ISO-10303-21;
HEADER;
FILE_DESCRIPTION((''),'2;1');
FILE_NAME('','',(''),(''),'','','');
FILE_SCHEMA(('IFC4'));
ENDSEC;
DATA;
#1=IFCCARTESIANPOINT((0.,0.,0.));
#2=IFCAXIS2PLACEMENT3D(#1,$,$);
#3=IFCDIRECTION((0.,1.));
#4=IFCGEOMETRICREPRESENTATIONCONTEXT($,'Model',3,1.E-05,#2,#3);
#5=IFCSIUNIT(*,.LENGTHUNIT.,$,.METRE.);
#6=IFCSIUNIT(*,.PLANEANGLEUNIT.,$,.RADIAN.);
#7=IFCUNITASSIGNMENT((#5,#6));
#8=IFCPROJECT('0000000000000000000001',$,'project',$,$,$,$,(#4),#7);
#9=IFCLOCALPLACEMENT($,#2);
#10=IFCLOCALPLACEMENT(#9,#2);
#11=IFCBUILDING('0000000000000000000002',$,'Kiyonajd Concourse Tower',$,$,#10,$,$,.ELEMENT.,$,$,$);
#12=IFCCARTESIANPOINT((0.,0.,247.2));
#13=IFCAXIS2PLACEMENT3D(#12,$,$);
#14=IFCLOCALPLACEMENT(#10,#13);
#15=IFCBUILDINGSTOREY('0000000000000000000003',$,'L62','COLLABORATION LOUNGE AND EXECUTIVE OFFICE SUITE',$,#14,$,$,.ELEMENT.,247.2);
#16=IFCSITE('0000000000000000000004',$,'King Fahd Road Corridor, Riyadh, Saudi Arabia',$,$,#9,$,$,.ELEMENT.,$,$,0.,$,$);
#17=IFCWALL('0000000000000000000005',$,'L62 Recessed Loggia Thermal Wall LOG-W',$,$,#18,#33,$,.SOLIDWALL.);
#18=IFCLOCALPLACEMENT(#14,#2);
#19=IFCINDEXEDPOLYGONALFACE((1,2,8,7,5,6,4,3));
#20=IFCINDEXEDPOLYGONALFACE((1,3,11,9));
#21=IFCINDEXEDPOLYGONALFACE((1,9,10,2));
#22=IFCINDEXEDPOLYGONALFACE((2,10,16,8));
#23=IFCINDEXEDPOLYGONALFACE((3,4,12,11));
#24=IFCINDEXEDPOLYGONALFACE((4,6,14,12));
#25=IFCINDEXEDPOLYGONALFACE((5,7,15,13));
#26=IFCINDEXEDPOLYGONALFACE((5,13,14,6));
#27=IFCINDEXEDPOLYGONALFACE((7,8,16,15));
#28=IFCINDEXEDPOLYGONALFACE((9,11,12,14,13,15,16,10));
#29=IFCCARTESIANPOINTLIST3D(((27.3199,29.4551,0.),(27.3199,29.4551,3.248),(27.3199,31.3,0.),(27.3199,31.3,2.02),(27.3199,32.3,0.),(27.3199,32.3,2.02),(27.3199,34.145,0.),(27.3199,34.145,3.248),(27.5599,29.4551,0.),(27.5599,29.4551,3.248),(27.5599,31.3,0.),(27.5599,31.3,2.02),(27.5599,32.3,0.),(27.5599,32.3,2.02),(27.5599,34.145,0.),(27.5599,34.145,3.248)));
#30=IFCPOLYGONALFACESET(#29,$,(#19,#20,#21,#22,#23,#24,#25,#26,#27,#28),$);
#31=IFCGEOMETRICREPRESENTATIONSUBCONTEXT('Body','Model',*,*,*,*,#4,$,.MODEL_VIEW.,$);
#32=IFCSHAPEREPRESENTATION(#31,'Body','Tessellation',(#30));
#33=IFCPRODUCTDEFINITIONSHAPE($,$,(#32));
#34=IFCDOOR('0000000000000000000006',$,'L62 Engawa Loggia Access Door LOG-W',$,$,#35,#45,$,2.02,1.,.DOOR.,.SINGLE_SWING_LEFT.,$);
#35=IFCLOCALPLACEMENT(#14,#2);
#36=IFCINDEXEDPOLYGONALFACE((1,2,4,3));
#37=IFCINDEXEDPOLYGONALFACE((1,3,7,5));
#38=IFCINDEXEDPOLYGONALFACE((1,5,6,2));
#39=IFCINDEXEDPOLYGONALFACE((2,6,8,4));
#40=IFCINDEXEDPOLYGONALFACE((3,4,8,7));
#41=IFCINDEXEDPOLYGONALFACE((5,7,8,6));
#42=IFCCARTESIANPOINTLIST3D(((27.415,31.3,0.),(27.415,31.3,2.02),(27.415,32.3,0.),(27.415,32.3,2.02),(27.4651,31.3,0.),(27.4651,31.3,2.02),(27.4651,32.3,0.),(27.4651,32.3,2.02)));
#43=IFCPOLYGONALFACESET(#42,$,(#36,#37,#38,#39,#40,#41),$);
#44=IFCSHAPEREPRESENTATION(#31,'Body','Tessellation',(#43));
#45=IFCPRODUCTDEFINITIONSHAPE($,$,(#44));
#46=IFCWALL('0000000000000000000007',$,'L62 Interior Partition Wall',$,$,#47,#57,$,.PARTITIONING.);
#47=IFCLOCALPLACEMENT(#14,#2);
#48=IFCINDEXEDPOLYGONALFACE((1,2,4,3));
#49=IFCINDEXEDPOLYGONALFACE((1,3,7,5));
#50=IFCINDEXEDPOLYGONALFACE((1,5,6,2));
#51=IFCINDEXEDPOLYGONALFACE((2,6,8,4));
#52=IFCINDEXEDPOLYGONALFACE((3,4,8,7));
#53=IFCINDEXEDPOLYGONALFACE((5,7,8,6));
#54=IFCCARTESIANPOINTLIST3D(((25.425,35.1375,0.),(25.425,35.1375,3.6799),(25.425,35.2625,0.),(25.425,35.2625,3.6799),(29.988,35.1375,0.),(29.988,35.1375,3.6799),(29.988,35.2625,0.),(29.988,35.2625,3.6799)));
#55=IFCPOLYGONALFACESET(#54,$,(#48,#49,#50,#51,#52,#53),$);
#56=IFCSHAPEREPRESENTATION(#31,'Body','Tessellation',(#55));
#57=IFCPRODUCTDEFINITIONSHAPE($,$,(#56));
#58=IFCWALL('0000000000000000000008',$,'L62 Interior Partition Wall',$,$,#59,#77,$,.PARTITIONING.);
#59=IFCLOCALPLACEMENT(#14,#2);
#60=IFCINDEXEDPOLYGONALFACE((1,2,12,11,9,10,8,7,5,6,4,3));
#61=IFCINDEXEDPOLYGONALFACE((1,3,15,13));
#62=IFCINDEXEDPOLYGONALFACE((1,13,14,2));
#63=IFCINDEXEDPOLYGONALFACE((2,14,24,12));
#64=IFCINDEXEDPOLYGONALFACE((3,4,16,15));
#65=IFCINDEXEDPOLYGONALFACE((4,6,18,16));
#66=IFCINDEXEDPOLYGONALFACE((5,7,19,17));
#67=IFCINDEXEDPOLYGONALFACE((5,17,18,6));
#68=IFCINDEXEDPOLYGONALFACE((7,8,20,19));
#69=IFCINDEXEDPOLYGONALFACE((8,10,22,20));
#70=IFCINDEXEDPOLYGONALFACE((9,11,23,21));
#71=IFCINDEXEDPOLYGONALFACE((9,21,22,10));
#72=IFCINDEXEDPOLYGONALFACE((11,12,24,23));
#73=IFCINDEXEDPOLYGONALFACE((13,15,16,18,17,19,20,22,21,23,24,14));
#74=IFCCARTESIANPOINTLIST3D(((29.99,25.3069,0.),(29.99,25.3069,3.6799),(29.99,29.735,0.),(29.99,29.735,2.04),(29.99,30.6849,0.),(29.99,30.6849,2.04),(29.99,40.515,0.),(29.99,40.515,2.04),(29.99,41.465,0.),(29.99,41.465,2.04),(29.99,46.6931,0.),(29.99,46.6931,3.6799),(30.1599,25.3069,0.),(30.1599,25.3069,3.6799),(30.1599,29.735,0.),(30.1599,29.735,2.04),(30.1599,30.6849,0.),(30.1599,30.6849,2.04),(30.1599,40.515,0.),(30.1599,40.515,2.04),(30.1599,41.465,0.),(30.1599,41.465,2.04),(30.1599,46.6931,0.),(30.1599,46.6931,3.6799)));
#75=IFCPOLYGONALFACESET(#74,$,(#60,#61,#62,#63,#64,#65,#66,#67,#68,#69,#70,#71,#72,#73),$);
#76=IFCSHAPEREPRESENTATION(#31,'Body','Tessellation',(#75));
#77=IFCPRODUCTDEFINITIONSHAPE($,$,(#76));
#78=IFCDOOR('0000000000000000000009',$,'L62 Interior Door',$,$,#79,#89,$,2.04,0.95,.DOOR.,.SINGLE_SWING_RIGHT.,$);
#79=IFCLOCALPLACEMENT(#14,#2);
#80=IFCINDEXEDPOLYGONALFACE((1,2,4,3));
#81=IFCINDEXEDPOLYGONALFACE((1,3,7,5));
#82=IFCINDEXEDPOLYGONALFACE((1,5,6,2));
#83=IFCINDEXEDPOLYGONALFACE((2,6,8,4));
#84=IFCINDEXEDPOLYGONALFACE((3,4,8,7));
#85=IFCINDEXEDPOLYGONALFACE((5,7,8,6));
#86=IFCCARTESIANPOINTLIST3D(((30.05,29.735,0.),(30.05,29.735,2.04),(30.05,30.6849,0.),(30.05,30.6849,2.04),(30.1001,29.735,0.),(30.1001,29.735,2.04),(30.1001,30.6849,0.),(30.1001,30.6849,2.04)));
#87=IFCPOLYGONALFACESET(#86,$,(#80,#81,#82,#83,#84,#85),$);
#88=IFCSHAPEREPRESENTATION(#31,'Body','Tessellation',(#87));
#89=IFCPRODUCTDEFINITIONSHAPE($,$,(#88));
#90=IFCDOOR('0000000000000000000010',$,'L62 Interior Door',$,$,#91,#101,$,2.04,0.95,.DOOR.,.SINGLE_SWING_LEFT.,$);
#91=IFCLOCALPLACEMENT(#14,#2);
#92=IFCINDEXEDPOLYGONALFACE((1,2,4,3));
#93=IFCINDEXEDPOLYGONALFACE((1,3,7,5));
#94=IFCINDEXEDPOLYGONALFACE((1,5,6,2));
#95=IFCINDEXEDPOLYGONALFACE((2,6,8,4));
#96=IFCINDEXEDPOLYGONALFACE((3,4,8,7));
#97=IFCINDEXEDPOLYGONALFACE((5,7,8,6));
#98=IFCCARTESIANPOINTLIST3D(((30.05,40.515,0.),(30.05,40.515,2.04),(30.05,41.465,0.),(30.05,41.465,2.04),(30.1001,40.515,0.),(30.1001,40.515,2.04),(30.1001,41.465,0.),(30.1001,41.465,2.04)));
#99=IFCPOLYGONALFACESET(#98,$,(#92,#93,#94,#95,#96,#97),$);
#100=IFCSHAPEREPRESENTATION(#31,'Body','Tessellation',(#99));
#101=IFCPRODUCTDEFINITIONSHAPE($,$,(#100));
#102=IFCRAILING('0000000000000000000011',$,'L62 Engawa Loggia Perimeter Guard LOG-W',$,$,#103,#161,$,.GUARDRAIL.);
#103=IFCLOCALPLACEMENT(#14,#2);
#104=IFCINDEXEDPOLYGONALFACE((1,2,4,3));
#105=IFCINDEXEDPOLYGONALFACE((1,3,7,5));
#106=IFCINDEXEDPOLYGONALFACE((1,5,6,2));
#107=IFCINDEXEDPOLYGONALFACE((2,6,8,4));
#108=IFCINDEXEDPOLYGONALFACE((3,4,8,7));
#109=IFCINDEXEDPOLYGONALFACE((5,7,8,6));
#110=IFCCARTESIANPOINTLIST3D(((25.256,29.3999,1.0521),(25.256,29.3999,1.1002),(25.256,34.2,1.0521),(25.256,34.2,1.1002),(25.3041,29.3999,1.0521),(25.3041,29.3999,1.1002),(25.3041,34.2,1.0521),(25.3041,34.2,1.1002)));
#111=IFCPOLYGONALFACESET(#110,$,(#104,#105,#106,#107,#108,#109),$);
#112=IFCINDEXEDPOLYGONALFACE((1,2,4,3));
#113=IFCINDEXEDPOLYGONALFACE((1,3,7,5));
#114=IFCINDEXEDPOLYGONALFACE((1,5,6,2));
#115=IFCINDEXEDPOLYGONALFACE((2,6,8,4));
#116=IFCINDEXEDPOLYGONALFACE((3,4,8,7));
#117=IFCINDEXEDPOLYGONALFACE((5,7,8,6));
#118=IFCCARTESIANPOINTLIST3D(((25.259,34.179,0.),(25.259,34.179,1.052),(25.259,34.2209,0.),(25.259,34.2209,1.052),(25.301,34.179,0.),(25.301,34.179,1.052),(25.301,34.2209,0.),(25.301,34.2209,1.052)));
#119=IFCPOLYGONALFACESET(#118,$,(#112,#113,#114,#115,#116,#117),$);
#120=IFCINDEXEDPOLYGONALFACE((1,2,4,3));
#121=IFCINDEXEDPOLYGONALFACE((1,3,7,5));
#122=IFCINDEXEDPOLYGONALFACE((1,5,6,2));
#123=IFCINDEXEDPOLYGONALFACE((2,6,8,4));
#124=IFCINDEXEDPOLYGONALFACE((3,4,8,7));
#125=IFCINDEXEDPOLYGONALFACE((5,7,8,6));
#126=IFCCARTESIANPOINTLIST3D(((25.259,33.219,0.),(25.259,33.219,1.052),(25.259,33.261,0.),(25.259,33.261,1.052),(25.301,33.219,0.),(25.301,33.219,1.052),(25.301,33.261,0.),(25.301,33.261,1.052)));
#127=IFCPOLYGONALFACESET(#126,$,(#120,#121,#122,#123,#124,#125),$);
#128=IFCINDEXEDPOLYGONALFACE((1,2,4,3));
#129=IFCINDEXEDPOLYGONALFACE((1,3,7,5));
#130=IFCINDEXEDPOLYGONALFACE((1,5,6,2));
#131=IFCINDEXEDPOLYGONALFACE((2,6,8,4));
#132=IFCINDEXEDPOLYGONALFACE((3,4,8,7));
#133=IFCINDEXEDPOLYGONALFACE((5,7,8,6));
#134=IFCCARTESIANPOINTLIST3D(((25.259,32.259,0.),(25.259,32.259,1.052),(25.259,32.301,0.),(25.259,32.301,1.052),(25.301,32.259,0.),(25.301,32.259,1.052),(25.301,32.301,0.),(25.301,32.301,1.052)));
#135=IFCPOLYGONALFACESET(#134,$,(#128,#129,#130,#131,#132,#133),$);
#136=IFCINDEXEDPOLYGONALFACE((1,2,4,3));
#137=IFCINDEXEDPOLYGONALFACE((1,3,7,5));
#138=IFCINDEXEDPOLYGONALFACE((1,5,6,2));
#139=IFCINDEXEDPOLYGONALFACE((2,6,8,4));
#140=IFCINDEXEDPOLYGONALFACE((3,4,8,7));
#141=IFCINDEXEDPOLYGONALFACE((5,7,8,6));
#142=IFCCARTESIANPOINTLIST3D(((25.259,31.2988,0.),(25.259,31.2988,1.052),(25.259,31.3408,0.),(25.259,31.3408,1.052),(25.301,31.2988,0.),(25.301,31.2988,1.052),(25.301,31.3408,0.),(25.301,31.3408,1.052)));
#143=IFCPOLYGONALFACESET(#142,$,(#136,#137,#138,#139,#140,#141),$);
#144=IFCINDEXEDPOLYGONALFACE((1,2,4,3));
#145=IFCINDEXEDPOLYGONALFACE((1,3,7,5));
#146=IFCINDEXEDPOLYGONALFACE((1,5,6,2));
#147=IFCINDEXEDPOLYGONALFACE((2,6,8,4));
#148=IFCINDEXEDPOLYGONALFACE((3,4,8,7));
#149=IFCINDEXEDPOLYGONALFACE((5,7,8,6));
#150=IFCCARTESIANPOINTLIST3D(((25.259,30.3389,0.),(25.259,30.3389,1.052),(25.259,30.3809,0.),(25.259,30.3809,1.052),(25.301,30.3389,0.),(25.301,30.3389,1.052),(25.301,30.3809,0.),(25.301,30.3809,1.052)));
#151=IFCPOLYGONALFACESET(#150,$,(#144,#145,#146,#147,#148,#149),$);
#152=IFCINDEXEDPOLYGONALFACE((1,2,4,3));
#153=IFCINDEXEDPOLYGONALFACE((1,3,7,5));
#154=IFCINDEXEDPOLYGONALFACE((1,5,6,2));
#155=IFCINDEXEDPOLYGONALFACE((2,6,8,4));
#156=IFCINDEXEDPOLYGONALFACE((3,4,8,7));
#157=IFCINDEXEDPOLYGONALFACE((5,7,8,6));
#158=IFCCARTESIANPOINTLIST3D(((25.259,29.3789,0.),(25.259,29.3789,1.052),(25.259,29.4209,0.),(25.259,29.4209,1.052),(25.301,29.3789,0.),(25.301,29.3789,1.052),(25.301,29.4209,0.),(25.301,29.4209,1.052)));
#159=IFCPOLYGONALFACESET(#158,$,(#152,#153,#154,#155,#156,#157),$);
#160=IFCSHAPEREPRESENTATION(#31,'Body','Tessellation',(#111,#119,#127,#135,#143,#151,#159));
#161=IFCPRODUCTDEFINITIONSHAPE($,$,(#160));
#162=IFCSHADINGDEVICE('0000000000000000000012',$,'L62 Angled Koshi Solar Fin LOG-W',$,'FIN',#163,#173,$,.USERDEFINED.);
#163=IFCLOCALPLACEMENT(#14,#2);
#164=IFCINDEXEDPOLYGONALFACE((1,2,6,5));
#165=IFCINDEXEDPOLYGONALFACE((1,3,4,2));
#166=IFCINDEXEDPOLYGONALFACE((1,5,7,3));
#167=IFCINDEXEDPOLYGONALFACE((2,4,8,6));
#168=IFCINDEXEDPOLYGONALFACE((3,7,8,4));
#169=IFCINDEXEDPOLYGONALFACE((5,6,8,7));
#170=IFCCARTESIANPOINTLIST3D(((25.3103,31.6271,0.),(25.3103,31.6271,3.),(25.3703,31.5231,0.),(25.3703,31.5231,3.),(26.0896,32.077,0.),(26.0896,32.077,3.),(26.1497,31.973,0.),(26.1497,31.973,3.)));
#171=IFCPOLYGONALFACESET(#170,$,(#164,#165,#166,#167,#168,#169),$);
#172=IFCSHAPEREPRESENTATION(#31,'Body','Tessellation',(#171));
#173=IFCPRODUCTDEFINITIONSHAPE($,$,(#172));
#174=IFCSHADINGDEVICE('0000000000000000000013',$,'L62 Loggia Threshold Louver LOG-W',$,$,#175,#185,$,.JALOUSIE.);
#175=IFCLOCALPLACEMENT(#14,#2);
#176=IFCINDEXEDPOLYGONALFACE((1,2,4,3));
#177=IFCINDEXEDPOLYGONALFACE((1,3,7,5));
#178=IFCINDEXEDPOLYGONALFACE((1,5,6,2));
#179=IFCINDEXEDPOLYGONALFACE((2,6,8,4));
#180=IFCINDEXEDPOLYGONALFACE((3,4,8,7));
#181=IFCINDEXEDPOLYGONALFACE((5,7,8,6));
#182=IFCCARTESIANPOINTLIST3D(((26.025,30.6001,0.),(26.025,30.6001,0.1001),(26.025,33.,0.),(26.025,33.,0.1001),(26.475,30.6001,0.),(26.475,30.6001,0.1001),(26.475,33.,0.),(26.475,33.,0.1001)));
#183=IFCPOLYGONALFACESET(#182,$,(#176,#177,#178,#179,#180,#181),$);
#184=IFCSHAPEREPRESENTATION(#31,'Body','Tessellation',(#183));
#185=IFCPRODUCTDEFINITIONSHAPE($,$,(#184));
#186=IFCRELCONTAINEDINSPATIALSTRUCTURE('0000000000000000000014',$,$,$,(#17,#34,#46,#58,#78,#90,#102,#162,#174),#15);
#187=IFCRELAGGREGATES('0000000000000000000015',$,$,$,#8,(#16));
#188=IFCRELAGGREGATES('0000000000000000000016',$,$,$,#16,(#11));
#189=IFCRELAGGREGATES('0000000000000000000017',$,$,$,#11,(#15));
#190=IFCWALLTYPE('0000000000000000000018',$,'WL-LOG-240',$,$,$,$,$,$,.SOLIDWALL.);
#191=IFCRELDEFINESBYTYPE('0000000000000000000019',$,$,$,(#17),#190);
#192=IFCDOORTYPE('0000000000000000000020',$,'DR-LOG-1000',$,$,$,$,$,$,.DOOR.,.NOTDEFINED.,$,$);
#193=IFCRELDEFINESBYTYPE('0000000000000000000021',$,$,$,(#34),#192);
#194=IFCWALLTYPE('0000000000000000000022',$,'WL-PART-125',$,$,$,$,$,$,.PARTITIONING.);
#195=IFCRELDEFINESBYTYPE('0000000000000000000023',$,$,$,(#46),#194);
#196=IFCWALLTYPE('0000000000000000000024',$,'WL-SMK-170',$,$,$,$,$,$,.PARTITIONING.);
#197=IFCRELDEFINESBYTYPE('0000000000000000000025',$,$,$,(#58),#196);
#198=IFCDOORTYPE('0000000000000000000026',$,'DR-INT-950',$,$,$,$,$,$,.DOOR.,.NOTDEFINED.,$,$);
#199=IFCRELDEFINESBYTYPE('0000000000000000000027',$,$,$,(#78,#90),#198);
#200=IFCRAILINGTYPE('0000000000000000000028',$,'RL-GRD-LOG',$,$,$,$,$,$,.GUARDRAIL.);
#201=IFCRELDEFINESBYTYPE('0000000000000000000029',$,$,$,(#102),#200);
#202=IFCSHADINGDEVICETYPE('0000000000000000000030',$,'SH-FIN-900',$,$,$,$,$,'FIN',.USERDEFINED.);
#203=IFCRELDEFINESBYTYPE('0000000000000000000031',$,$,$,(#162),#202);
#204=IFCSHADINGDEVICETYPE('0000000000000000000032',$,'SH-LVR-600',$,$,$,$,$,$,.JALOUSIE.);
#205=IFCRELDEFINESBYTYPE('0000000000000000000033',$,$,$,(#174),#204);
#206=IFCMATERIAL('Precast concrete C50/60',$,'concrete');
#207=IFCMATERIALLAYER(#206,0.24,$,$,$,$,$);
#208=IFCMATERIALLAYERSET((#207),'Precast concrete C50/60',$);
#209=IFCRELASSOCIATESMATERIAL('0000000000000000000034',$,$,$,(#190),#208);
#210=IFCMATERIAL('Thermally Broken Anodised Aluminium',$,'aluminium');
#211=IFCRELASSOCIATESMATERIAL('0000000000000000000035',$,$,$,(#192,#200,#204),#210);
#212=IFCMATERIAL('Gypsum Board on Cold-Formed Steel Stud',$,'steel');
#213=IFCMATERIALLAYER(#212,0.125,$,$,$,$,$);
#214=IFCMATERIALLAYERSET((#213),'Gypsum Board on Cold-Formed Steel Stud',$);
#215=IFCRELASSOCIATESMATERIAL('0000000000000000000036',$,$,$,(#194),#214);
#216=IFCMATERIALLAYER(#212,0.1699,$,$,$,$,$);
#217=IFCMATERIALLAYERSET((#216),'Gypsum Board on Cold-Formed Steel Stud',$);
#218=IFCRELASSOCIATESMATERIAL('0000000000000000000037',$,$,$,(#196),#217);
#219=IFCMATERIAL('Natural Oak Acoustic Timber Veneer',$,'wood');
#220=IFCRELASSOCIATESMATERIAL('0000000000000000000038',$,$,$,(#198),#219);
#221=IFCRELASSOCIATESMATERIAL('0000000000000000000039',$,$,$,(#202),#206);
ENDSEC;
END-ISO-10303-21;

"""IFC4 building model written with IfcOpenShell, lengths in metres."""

from ifc_helpers import new_model, si_unit, direction, frame, frame_2d, origin, origin_2d, place, context, subcontext, project, spatial, rectangle, extrude, material, layer, layer_set, type_object, element, fill, save


model = new_model("IFC4")

# Units and contexts
model_context = context("Model", 3, precision=1e-05, world=origin(), true_north=direction((0.0, 1.0)))
body_context = subcontext(model_context, "Body", "Model", "MODEL_VIEW")
ifc_project = project(units=[si_unit("LENGTHUNIT", "METRE"), si_unit("PLANEANGLEUNIT", "RADIAN")], contexts=[model_context])

# Site, building, storey
site_placement = place(None, origin())
site = spatial("IfcSite", under=ifc_project, at=site_placement, Name="King Fahd Road Corridor, Riyadh, Saudi Arabia", CompositionType="ELEMENT", RefElevation=0.0)
building_placement = place(site_placement, origin())
building = spatial("IfcBuilding", under=site, at=building_placement, Name="Kiyonajd Concourse Tower", CompositionType="ELEMENT")
storey_placement = place(building_placement, frame((0.0, 0.0, 247.2)))
storey = spatial("IfcBuildingStorey", under=building, at=storey_placement, Name="L62", Description="COLLABORATION LOUNGE AND EXECUTIVE OFFICE SUITE", CompositionType="ELEMENT", Elevation=247.2)

# Shared definitions
ifc_material_1 = material(Name="Thermally Broken Anodised Aluminium", Category="aluminium")

# Shared definitions
ifc_material_2 = material(Name="Precast concrete C50/60", Category="concrete")

# Wall, opening, door
ifc_layer_1 = layer(ifc_material_2, 0.24)
ifc_layer_set_1 = layer_set([ifc_layer_1], Name="Precast concrete C50/60")
wall_type_1 = type_object("IfcWallType", Name="WL-LOG-240", PredefinedType="SOLIDWALL", material=ifc_layer_set_1)
wall_1_placement = place(storey_placement, frame((27.4399, 29.4551, 0.0), z_axis=(0.0, 0.0, 1.0), x_axis=(0.0, 1.0, 0.0)))
wall_1 = element("IfcWall", 1, at=wall_1_placement, inside=storey, type_object=wall_type_1, Name="L62 Recessed Loggia Thermal Wall LOG-W", PredefinedType="SOLIDWALL", context=body_context, shape_type="SweptSolid", body=[
    extrude(rectangle(XDim=4.6899, YDim=0.24, at=frame_2d((2.345, 0.0))), origin(), (0.0, 0.0, 1.0), 3.248),
])
opening_1_placement = place(wall_1_placement, frame((1.845, 0.0, 0.0)))
opening_1 = element("IfcOpeningElement", 2, at=opening_1_placement, cuts=wall_1, PredefinedType="OPENING", context=body_context, shape_type="SweptSolid", body=[
    extrude(rectangle(XDim=1.0, YDim=2.02, at=frame_2d((0.5, 1.01))), frame((0.0, 0.1299, 0.0), z_axis=(0.0, -1.0, 0.0), x_axis=(1.0, 0.0, 0.0)), (0.0, 0.0, 1.0), 0.26),
])
door_type_1 = type_object("IfcDoorType", Name="DR-LOG-1000", OperationType="NOTDEFINED", PredefinedType="DOOR", material=ifc_material_1)
door_1_placement = place(opening_1_placement, origin())
door_1 = element("IfcDoor", 3, at=door_1_placement, inside=storey, type_object=door_type_1, Name="L62 Engawa Loggia Access Door LOG-W", OperationType="SINGLE_SWING_LEFT", OverallHeight=2.02, OverallWidth=1.0, PredefinedType="DOOR", context=body_context, shape_type="SweptSolid", body=[
    extrude(rectangle(XDim=1.0, YDim=2.02, at=frame_2d((0.5, 1.01))), frame((0.0, 0.0249, 0.0), z_axis=(0.0, -1.0, 0.0), x_axis=(1.0, 0.0, 0.0)), (0.0, 0.0, 1.0), 0.05),
])
fill(opening_1, door_1)

# Wall
ifc_material_3 = material(Name="Gypsum Board on Cold-Formed Steel Stud", Category="steel")
ifc_layer_2 = layer(ifc_material_3, 0.125)
ifc_layer_set_2 = layer_set([ifc_layer_2], Name="Gypsum Board on Cold-Formed Steel Stud")
wall_type_2 = type_object("IfcWallType", Name="WL-PART-125", PredefinedType="PARTITIONING", material=ifc_layer_set_2)
wall_2_placement = place(storey_placement, frame((25.425, 35.2, 0.0), z_axis=(0.0, 0.0, 1.0), x_axis=(1.0, 0.0, 0.0)))
element("IfcWall", 4, at=wall_2_placement, inside=storey, type_object=wall_type_2, Name="L62 Interior Partition Wall", PredefinedType="PARTITIONING", context=body_context, shape_type="SweptSolid", body=[
    extrude(rectangle(XDim=4.563, YDim=0.125, at=frame_2d((2.2815, 0.0))), origin(), (0.0, 0.0, 1.0), 3.6799),
])

# Wall, openings, doors
ifc_layer_3 = layer(ifc_material_3, 0.1699)
ifc_layer_set_3 = layer_set([ifc_layer_3], Name="Gypsum Board on Cold-Formed Steel Stud")
wall_type_3 = type_object("IfcWallType", Name="WL-SMK-170", PredefinedType="PARTITIONING", material=ifc_layer_set_3)
wall_3_placement = place(storey_placement, frame((30.075, 25.3069, 0.0), z_axis=(0.0, 0.0, 1.0), x_axis=(0.0, 1.0, 0.0)))
wall_3 = element("IfcWall", 5, at=wall_3_placement, inside=storey, type_object=wall_type_3, Name="L62 Interior Partition Wall", PredefinedType="PARTITIONING", context=body_context, shape_type="SweptSolid", body=[
    extrude(rectangle(XDim=21.3862, YDim=0.1699, at=frame_2d((10.6931, 0.0))), origin(), (0.0, 0.0, 1.0), 3.6799),
])
opening_2_placement = place(wall_3_placement, frame((4.428, 0.0, 0.0)))
opening_2 = element("IfcOpeningElement", 6, at=opening_2_placement, cuts=wall_3, PredefinedType="OPENING", context=body_context, shape_type="SweptSolid", body=[
    extrude(rectangle(XDim=0.95, YDim=2.04, at=frame_2d((0.4751, 1.02))), frame((0.0, 0.095, 0.0), z_axis=(0.0, -1.0, 0.0), x_axis=(1.0, 0.0, 0.0)), (0.0, 0.0, 1.0), 0.1899),
])
opening_3_placement = place(wall_3_placement, frame((15.208, 0.0, 0.0)))
opening_3 = element("IfcOpeningElement", 7, at=opening_3_placement, cuts=wall_3, PredefinedType="OPENING", context=body_context, shape_type="SweptSolid", body=[
    extrude(rectangle(XDim=0.95, YDim=2.04, at=frame_2d((0.4751, 1.02))), frame((0.0, 0.095, 0.0), z_axis=(0.0, -1.0, 0.0), x_axis=(1.0, 0.0, 0.0)), (0.0, 0.0, 1.0), 0.1899),
])
ifc_material_4 = material(Name="Natural Oak Acoustic Timber Veneer", Category="wood")
door_type_2 = type_object("IfcDoorType", Name="DR-INT-950", OperationType="NOTDEFINED", PredefinedType="DOOR", material=ifc_material_4)
door_2_placement = place(opening_2_placement, origin())
door_2 = element("IfcDoor", 8, at=door_2_placement, inside=storey, type_object=door_type_2, Name="L62 Interior Door", OperationType="SINGLE_SWING_RIGHT", OverallHeight=2.04, OverallWidth=0.95, PredefinedType="DOOR", context=body_context, shape_type="SweptSolid", body=[
    extrude(rectangle(XDim=0.95, YDim=2.04, at=frame_2d((0.4751, 1.02))), frame((0.0, 0.0249, 0.0), z_axis=(0.0, -1.0, 0.0), x_axis=(1.0, 0.0, 0.0)), (0.0, 0.0, 1.0), 0.05),
])
fill(opening_2, door_2)
door_3_placement = place(opening_3_placement, origin())
door_3 = element("IfcDoor", 9, at=door_3_placement, inside=storey, type_object=door_type_2, Name="L62 Interior Door", OperationType="SINGLE_SWING_LEFT", OverallHeight=2.04, OverallWidth=0.95, PredefinedType="DOOR", context=body_context, shape_type="SweptSolid", body=[
    extrude(rectangle(XDim=0.95, YDim=2.04, at=frame_2d((0.4751, 1.02))), frame((0.0, 0.0249, 0.0), z_axis=(0.0, -1.0, 0.0), x_axis=(1.0, 0.0, 0.0)), (0.0, 0.0, 1.0), 0.05),
])
fill(opening_3, door_3)

# Railing
railing_type = type_object("IfcRailingType", Name="RL-GRD-LOG", PredefinedType="GUARDRAIL", material=ifc_material_1)
railing_placement = place(storey_placement, frame((25.28, 34.2, 0.0)))
element("IfcRailing", 10, at=railing_placement, inside=storey, type_object=railing_type, Name="L62 Engawa Loggia Perimeter Guard LOG-W", PredefinedType="GUARDRAIL", context=body_context, shape_type="SweptSolid", body=[
    extrude(rectangle(XDim=0.0481, YDim=0.0481, at=origin_2d()), frame((0.0, 0.0, 1.0762), z_axis=(0.0, -1.0, 0.0), x_axis=(1.0, 0.0, 0.0)), (0.0, 0.0, 1.0), 4.8),
    extrude(rectangle(XDim=0.042, YDim=0.042, at=origin_2d()), origin(), (0.0, 0.0, 1.0), 1.052),
    extrude(rectangle(XDim=0.042, YDim=0.042, at=origin_2d()), frame((0.0, -0.96, 0.0)), (0.0, 0.0, 1.0), 1.052),
    extrude(rectangle(XDim=0.042, YDim=0.042, at=origin_2d()), frame((0.0, -1.9199, 0.0)), (0.0, 0.0, 1.0), 1.052),
    extrude(rectangle(XDim=0.042, YDim=0.042, at=origin_2d()), frame((0.0, -2.8801, 0.0)), (0.0, 0.0, 1.0), 1.052),
    extrude(rectangle(XDim=0.042, YDim=0.042, at=origin_2d()), frame((0.0, -3.8401, 0.0)), (0.0, 0.0, 1.0), 1.052),
    extrude(rectangle(XDim=0.042, YDim=0.042, at=origin_2d()), frame((0.0, -4.8, 0.0)), (0.0, 0.0, 1.0), 1.052),
])

# Shading devices
shading_device_type_1 = type_object("IfcShadingDeviceType", Name="SH-FIN-900", ElementType="FIN", PredefinedType="USERDEFINED", material=ifc_material_2)
shading_device_1_placement = place(storey_placement, frame((25.73, 31.8, 0.0), z_axis=(0.0, 0.0, 1.0), x_axis=(0.866025, 0.5, 0.0)))
element("IfcShadingDevice", 11, at=shading_device_1_placement, inside=storey, type_object=shading_device_type_1, Name="L62 Angled Koshi Solar Fin LOG-W", ObjectType="FIN", PredefinedType="USERDEFINED", context=body_context, shape_type="SweptSolid", body=[
    extrude(rectangle(XDim=0.8999, YDim=0.1201, at=origin_2d()), origin(), (0.0, 0.0, 1.0), 3.0),
])
shading_device_type_2 = type_object("IfcShadingDeviceType", Name="SH-LVR-600", PredefinedType="JALOUSIE", material=ifc_material_1)
shading_device_2_placement = place(storey_placement, frame((26.25, 31.8, 0.0), z_axis=(0.0, 0.0, 1.0), x_axis=(0.0, 1.0, 0.0)))
element("IfcShadingDevice", 12, at=shading_device_2_placement, inside=storey, type_object=shading_device_type_2, Name="L62 Loggia Threshold Louver LOG-W", PredefinedType="JALOUSIE", context=body_context, shape_type="SweptSolid", body=[
    extrude(rectangle(XDim=2.3999, YDim=0.45, at=origin_2d()), origin(), (0.0, 0.0, 1.0), 0.1001),
])

save(model, "model.ifc")
